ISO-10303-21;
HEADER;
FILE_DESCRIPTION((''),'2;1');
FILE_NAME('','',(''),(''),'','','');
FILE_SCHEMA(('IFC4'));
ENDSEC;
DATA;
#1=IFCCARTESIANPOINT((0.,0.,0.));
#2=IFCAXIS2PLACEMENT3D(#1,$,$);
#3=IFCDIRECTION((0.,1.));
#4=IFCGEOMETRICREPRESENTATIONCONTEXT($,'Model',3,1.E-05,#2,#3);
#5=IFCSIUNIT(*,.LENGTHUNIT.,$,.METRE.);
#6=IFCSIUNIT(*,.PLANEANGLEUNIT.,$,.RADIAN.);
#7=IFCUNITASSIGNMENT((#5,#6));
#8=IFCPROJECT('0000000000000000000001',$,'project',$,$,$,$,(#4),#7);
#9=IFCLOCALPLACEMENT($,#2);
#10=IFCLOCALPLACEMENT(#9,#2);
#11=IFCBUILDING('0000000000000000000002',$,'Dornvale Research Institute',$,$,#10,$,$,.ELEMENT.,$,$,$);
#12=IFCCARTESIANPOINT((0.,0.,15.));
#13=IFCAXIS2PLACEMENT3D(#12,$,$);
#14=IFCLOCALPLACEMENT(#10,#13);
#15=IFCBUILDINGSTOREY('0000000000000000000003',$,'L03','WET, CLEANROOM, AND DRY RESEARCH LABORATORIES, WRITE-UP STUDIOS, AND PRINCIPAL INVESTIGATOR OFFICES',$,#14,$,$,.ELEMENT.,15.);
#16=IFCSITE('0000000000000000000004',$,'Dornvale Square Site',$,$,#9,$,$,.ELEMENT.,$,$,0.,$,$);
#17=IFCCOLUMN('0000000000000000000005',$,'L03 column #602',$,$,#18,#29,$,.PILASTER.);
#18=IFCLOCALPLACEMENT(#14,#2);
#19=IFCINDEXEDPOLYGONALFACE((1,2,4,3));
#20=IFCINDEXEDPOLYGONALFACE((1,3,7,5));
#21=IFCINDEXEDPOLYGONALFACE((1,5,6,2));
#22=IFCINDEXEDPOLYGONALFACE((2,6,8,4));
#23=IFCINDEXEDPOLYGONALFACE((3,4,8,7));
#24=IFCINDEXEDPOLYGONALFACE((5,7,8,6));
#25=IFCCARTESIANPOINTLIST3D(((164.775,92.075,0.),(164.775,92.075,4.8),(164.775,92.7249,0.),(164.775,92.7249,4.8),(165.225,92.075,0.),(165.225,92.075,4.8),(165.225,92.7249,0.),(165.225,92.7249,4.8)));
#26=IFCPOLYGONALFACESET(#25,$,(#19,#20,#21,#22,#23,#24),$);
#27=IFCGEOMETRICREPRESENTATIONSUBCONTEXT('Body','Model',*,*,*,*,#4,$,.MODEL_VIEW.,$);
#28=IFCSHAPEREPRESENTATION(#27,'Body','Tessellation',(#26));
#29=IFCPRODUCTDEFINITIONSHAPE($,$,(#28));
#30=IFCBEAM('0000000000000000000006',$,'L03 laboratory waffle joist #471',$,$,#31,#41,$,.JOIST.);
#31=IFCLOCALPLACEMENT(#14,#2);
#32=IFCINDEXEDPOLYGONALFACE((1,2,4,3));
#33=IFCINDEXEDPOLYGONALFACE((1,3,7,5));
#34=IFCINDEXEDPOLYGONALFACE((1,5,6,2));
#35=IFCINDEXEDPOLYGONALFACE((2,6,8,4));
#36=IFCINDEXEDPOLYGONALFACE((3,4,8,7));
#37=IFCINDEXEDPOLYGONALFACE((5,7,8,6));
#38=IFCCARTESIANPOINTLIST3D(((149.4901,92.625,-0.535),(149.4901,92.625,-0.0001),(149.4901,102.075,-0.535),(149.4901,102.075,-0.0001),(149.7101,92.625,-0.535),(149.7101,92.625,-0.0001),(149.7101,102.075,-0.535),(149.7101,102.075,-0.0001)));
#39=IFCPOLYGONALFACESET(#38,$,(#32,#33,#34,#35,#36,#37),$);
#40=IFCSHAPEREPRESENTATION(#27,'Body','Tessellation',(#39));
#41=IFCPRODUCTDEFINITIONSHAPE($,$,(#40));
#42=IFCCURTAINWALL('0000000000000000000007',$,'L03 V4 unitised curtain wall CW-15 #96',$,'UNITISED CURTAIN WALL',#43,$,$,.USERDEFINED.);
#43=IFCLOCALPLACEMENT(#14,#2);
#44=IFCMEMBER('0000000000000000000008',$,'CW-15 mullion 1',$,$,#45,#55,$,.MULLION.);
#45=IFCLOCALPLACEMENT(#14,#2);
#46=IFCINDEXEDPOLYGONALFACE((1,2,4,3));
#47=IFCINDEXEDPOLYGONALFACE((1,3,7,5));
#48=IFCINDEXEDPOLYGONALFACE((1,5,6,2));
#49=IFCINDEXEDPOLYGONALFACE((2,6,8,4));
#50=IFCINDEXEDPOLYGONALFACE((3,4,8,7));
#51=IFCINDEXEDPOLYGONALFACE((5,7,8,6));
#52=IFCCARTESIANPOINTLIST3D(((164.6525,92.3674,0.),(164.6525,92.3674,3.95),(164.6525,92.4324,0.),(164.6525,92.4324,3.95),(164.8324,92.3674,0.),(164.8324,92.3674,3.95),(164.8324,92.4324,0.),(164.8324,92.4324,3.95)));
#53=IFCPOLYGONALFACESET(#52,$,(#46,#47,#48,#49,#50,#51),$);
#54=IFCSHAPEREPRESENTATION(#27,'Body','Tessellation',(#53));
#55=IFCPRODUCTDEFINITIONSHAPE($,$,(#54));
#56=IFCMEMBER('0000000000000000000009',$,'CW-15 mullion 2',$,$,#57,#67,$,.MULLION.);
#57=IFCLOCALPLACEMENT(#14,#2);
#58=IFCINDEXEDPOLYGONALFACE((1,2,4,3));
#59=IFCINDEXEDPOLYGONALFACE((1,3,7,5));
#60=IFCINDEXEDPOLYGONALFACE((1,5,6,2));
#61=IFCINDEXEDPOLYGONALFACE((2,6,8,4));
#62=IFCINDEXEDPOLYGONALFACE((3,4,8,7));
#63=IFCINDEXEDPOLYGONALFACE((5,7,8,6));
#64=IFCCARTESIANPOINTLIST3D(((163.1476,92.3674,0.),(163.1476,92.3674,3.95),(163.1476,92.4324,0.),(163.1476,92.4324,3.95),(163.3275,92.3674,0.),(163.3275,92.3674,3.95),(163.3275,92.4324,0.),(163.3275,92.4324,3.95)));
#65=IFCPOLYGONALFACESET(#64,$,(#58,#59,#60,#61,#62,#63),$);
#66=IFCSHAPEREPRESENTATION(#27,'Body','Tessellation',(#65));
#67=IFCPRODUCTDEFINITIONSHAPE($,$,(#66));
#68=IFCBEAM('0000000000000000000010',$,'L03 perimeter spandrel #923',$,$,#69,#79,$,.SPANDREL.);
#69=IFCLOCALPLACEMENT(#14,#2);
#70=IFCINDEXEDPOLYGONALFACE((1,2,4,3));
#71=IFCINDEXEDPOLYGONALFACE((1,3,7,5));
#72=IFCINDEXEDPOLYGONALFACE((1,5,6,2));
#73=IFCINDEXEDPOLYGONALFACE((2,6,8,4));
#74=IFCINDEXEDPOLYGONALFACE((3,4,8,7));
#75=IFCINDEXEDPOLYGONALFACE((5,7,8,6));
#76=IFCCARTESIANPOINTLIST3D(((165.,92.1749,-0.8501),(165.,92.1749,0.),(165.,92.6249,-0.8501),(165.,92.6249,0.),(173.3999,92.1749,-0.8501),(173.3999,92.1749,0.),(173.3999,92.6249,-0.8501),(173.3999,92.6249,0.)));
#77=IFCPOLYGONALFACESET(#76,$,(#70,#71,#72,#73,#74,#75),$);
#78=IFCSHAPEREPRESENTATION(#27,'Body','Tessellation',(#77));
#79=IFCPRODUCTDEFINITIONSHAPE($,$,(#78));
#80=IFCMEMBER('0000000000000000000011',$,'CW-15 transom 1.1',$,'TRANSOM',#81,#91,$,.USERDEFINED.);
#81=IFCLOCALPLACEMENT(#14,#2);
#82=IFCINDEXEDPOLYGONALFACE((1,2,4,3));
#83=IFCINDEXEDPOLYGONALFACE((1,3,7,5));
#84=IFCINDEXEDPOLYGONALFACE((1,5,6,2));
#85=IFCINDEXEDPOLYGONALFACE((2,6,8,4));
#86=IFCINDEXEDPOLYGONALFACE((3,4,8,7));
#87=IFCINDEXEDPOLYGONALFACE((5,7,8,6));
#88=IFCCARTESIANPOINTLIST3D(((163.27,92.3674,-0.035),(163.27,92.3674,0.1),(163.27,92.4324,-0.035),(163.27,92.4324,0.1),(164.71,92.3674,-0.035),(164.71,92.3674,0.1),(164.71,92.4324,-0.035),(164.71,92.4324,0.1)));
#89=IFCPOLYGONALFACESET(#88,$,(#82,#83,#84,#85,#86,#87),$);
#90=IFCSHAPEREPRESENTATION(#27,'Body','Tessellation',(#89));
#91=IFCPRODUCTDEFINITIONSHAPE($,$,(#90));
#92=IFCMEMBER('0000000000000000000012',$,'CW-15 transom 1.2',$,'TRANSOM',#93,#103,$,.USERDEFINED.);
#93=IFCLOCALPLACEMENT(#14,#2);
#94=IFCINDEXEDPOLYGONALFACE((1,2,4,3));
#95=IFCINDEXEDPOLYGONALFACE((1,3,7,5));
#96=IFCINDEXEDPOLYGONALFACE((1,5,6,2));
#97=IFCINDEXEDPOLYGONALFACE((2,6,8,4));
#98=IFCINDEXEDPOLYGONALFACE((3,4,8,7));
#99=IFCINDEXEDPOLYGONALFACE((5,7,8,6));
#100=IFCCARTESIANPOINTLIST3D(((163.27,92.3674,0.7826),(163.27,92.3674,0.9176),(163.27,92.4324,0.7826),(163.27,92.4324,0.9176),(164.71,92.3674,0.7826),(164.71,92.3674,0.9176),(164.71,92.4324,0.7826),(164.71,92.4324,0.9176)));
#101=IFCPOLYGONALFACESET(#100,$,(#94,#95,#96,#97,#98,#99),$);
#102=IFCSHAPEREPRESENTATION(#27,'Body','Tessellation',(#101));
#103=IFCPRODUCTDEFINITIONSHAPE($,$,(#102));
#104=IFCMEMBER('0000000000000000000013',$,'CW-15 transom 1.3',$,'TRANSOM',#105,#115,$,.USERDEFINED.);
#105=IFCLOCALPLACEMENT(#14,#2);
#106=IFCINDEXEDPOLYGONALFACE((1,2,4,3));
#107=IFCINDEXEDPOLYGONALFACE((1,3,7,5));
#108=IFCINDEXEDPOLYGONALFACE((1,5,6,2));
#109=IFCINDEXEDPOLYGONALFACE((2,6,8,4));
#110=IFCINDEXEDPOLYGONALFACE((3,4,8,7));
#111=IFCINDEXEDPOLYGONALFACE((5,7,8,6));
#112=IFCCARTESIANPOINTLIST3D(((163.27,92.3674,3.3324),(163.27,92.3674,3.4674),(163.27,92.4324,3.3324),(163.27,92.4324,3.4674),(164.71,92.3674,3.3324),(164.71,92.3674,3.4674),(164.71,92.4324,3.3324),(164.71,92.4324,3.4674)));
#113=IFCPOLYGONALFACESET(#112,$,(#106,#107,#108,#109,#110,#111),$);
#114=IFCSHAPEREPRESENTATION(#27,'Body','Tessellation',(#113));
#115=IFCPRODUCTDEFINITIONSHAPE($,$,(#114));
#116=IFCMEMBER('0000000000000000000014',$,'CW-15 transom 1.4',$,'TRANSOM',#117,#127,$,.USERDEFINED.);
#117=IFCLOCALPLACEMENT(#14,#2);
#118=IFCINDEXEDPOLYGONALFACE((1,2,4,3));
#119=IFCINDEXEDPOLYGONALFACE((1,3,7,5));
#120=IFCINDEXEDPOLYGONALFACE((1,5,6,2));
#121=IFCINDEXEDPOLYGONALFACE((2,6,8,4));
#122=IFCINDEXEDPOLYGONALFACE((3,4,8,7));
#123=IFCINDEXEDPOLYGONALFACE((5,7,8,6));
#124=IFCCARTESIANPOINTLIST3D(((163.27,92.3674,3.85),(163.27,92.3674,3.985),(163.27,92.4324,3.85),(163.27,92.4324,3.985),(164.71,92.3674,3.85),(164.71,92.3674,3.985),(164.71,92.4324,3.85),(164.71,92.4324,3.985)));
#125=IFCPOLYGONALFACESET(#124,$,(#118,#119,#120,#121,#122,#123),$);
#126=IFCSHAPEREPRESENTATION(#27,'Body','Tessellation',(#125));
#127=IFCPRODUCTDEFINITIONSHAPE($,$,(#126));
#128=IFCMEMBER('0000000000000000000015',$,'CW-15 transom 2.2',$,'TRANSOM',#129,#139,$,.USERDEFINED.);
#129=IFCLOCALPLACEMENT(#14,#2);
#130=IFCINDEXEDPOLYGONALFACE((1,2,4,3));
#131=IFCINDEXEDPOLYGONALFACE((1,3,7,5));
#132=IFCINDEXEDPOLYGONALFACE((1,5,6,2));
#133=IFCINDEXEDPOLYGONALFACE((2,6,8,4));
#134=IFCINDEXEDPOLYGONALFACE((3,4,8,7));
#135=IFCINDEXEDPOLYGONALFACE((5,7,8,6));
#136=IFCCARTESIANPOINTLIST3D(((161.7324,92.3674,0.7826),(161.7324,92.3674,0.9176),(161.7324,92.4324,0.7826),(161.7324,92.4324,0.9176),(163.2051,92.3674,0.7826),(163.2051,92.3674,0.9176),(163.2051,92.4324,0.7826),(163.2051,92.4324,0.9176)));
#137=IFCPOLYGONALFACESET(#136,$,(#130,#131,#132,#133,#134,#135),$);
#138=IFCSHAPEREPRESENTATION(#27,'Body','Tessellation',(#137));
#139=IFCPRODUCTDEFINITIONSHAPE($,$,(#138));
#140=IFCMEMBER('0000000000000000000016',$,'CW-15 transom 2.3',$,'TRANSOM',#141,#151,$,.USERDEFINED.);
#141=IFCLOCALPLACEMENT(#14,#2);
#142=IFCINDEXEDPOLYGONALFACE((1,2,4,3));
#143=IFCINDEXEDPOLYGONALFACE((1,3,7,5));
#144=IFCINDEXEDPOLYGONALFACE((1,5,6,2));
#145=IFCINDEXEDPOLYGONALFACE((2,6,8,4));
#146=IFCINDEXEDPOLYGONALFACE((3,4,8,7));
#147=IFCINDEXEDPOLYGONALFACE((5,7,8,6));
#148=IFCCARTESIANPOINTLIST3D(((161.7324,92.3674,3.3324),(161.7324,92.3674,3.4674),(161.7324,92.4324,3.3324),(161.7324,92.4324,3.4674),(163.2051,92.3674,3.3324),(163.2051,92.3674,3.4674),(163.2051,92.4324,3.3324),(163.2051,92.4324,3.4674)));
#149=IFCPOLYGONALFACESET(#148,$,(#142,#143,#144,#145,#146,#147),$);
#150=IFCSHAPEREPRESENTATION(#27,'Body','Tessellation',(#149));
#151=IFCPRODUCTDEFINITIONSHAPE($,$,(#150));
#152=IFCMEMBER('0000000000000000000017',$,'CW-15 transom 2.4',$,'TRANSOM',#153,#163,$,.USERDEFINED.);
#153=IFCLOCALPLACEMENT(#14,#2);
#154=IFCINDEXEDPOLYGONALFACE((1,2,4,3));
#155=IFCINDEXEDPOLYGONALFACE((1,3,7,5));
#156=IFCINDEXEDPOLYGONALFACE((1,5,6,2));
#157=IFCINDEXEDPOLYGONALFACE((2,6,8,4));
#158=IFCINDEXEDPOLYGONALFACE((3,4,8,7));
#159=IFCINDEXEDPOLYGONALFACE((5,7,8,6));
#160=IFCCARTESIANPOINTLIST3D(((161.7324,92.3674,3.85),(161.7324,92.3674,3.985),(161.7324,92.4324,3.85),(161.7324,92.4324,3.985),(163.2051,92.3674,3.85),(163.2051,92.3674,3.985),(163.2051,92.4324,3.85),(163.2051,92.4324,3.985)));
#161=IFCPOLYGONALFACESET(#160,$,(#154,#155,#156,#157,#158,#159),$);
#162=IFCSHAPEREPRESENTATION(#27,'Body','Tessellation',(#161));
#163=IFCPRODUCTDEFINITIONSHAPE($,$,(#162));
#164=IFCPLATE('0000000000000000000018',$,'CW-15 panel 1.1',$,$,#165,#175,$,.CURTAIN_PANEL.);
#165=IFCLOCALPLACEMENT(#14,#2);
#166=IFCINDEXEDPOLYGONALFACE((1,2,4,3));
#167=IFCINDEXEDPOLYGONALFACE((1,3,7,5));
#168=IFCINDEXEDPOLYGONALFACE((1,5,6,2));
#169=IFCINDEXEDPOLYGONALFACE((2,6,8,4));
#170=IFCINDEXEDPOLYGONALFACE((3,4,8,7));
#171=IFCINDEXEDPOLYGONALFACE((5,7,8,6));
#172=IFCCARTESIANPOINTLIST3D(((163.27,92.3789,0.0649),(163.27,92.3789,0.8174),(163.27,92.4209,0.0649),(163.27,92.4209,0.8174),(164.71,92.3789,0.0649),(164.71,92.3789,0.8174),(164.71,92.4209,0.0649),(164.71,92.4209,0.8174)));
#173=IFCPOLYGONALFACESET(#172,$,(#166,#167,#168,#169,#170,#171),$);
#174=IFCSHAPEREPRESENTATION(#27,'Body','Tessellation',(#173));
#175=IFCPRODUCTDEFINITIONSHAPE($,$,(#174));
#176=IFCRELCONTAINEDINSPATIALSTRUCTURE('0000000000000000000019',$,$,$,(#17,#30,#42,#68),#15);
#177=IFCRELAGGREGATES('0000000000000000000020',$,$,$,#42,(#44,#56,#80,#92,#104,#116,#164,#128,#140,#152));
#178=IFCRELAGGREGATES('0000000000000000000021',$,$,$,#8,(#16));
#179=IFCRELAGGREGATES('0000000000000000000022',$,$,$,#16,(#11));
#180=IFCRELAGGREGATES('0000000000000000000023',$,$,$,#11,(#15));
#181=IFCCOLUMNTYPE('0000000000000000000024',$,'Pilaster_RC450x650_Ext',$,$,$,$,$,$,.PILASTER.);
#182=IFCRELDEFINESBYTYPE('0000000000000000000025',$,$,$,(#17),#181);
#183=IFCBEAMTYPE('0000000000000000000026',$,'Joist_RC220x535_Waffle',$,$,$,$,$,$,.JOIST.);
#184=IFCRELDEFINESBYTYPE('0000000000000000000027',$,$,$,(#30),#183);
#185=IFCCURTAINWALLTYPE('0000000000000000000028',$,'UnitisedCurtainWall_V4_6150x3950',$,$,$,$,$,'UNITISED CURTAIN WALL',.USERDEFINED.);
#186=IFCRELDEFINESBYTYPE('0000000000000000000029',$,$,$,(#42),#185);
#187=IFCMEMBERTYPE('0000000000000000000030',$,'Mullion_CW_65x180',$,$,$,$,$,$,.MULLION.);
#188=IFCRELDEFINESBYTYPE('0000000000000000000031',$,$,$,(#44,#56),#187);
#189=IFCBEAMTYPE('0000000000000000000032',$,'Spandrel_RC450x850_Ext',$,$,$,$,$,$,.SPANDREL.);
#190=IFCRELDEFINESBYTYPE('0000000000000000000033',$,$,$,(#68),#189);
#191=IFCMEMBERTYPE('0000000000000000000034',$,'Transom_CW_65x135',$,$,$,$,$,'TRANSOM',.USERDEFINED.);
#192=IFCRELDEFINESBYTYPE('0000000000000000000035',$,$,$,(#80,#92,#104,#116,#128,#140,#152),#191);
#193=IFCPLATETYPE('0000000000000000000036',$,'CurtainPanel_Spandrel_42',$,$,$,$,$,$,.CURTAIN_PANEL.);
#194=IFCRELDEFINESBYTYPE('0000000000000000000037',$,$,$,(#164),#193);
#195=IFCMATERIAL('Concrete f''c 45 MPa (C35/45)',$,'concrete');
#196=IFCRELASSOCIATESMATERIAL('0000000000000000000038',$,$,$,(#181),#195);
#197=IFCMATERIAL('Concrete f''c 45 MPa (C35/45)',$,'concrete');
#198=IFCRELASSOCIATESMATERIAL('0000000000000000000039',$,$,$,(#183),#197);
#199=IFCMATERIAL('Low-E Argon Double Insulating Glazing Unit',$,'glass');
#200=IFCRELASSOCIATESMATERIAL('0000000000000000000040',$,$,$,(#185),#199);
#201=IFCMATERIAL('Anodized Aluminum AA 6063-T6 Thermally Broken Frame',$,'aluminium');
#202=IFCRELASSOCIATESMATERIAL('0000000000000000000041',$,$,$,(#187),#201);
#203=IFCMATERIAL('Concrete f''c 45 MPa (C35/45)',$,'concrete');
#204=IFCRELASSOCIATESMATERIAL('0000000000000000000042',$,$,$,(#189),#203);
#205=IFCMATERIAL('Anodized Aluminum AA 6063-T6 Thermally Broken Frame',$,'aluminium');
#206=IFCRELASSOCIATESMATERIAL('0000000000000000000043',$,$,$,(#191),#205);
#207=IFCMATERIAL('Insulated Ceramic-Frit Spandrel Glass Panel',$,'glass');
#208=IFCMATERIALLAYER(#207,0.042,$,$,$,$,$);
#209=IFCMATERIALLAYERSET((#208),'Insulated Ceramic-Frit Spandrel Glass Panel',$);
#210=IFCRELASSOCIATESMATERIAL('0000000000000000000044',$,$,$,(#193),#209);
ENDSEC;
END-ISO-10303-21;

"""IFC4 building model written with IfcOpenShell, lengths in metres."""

from ifc_helpers import new_model, si_unit, direction, frame, origin, origin_2d, place, context, subcontext, project, spatial, rectangle, extrude, material, layer, layer_set, material_profile, profile_set, type_object, element, aggregate, save


model = new_model("IFC4")

# Units and contexts
model_context = context("Model", 3, precision=1e-05, world=origin(), true_north=direction((0.0, 1.0)))
body_context = subcontext(model_context, "Body", "Model", "MODEL_VIEW")
ifc_project = project(units=[si_unit("LENGTHUNIT", "METRE"), si_unit("PLANEANGLEUNIT", "RADIAN")], contexts=[model_context])

# Site, building, storey
site_placement = place(None, origin())
site = spatial("IfcSite", under=ifc_project, at=site_placement, Name="Dornvale Square Site", CompositionType="ELEMENT", RefElevation=0.0)
building_placement = place(site_placement, origin())
building = spatial("IfcBuilding", under=site, at=building_placement, Name="Dornvale Research Institute", CompositionType="ELEMENT")
storey_placement = place(building_placement, frame((0.0, 0.0, 15.0)))
storey = spatial("IfcBuildingStorey", under=building, at=storey_placement, Name="L03", Description="WET, CLEANROOM, AND DRY RESEARCH LABORATORIES, WRITE-UP STUDIOS, AND PRINCIPAL INVESTIGATOR OFFICES", CompositionType="ELEMENT", Elevation=15.0)

# Column
ifc_material_1 = material(Name="Concrete f'c 45 MPa (C35/45)", Category="concrete")
ifc_material_profile_1 = material_profile(ifc_material_1, rectangle(XDim=0.45, YDim=0.6499, at=origin_2d()), Name="RC 450x650")
ifc_profile_set_1 = profile_set([ifc_material_profile_1], Name="Concrete f'c 45 MPa (C35/45)")
column_type = type_object("IfcColumnType", Name="Pilaster_RC450x650_Ext", PredefinedType="PILASTER", material=ifc_profile_set_1)
column_placement = place(storey_placement, frame((165.0, 92.3999, 0.0), z_axis=(0.0, 0.0, 1.0), x_axis=(1.0, 0.0, 0.0)))
element("IfcColumn", 1, at=column_placement, inside=storey, type_object=column_type, Name="L03 column #602", PredefinedType="PILASTER", context=body_context, shape_type="SweptSolid", body=[
    extrude(rectangle(XDim=0.45, YDim=0.6499, at=origin_2d()), origin(), (0.0, 0.0, 1.0), 4.8),
])

# Beam
ifc_material_2 = material(Name="Concrete f'c 45 MPa (C35/45)", Category="concrete")
ifc_material_profile_2 = material_profile(ifc_material_2, rectangle(XDim=0.22, YDim=0.5349, at=origin_2d()), Name="RC 220x535")
ifc_profile_set_2 = profile_set([ifc_material_profile_2], Name="Concrete f'c 45 MPa (C35/45)")
beam_type_1 = type_object("IfcBeamType", Name="Joist_RC220x535_Waffle", PredefinedType="JOIST", material=ifc_profile_set_2)
beam_1_placement = place(storey_placement, frame((149.6001, 92.625, -0.2676), z_axis=(0.0, 1.0, 0.0), x_axis=(-1.0, 0.0, 0.0)))
element("IfcBeam", 2, at=beam_1_placement, inside=storey, type_object=beam_type_1, Name="L03 laboratory waffle joist #471", PredefinedType="JOIST", context=body_context, shape_type="SweptSolid", body=[
    extrude(rectangle(XDim=0.22, YDim=0.5349, at=origin_2d()), origin(), (0.0, 0.0, 1.0), 9.45),
])

# Curtain wall, members
ifc_material_3 = material(Name="Low-E Argon Double Insulating Glazing Unit", Category="glass")
curtain_wall_type = type_object("IfcCurtainWallType", Name="UnitisedCurtainWall_V4_6150x3950", ElementType="UNITISED CURTAIN WALL", PredefinedType="USERDEFINED", material=ifc_material_3)
curtain_wall_placement = place(storey_placement, origin())
curtain_wall = element("IfcCurtainWall", 3, at=curtain_wall_placement, inside=storey, type_object=curtain_wall_type, Name="L03 V4 unitised curtain wall CW-15 #96", ObjectType="UNITISED CURTAIN WALL", PredefinedType="USERDEFINED")
ifc_material_4 = material(Name="Anodized Aluminum AA 6063-T6 Thermally Broken Frame", Category="aluminium")
ifc_material_profile_3 = material_profile(ifc_material_4, rectangle(XDim=0.0649, YDim=0.1799, at=origin_2d()), Name="ALU MULLION 65x180")
ifc_profile_set_3 = profile_set([ifc_material_profile_3], Name="Anodized Aluminum AA 6063-T6 Thermally Broken Frame")
member_type_1 = type_object("IfcMemberType", Name="Mullion_CW_65x180", PredefinedType="MULLION", material=ifc_profile_set_3)
member_1_placement = place(storey_placement, frame((164.7424, 92.3999, 0.0), z_axis=(0.0, 0.0, 1.0), x_axis=(0.0, -1.0, 0.0)))
member_1 = element("IfcMember", 4, at=member_1_placement, type_object=member_type_1, Name="CW-15 mullion 1", PredefinedType="MULLION", context=body_context, shape_type="SweptSolid", body=[
    extrude(rectangle(XDim=0.0649, YDim=0.1799, at=origin_2d()), origin(), (0.0, 0.0, 1.0), 3.95),
])
member_2_placement = place(storey_placement, frame((163.2375, 92.3999, 0.0), z_axis=(0.0, 0.0, 1.0), x_axis=(0.0, -1.0, 0.0)))
member_2 = element("IfcMember", 5, at=member_2_placement, type_object=member_type_1, Name="CW-15 mullion 2", PredefinedType="MULLION", context=body_context, shape_type="SweptSolid", body=[
    extrude(rectangle(XDim=0.0649, YDim=0.1799, at=origin_2d()), origin(), (0.0, 0.0, 1.0), 3.95),
])

# Beam
ifc_material_5 = material(Name="Concrete f'c 45 MPa (C35/45)", Category="concrete")
ifc_material_profile_4 = material_profile(ifc_material_5, rectangle(XDim=0.45, YDim=0.8501, at=origin_2d()), Name="RC 450x850")
ifc_profile_set_4 = profile_set([ifc_material_profile_4], Name="Concrete f'c 45 MPa (C35/45)")
beam_type_2 = type_object("IfcBeamType", Name="Spandrel_RC450x850_Ext", PredefinedType="SPANDREL", material=ifc_profile_set_4)
beam_2_placement = place(storey_placement, frame((165.0, 92.3999, -0.425), z_axis=(1.0, 0.0, 0.0), x_axis=(0.0, 1.0, 0.0)))
element("IfcBeam", 6, at=beam_2_placement, inside=storey, type_object=beam_type_2, Name="L03 perimeter spandrel #923", PredefinedType="SPANDREL", context=body_context, shape_type="SweptSolid", body=[
    extrude(rectangle(XDim=0.45, YDim=0.8501, at=origin_2d()), origin(), (0.0, 0.0, 1.0), 8.3999),
])

# Members
ifc_material_6 = material(Name="Anodized Aluminum AA 6063-T6 Thermally Broken Frame", Category="aluminium")
ifc_material_profile_5 = material_profile(ifc_material_6, rectangle(XDim=0.0649, YDim=0.135, at=origin_2d()), Name="ALU TRANSOM 65x135")
ifc_profile_set_5 = profile_set([ifc_material_profile_5], Name="Anodized Aluminum AA 6063-T6 Thermally Broken Frame")
member_type_2 = type_object("IfcMemberType", Name="Transom_CW_65x135", ElementType="TRANSOM", PredefinedType="USERDEFINED", material=ifc_profile_set_5)
member_3_placement = place(storey_placement, frame((164.71, 92.3999, 0.0325), z_axis=(-1.0, 0.0, 0.0), x_axis=(0.0, -1.0, 0.0)))
member_3 = element("IfcMember", 7, at=member_3_placement, type_object=member_type_2, Name="CW-15 transom 1.1", ObjectType="TRANSOM", PredefinedType="USERDEFINED", context=body_context, shape_type="SweptSolid", body=[
    extrude(rectangle(XDim=0.0649, YDim=0.135, at=origin_2d()), origin(), (0.0, 0.0, 1.0), 1.4399),
])
member_4_placement = place(storey_placement, frame((164.71, 92.3999, 0.8501), z_axis=(-1.0, 0.0, 0.0), x_axis=(0.0, -1.0, 0.0)))
member_4 = element("IfcMember", 8, at=member_4_placement, type_object=member_type_2, Name="CW-15 transom 1.2", ObjectType="TRANSOM", PredefinedType="USERDEFINED", context=body_context, shape_type="SweptSolid", body=[
    extrude(rectangle(XDim=0.0649, YDim=0.135, at=origin_2d()), origin(), (0.0, 0.0, 1.0), 1.4399),
])
member_5_placement = place(storey_placement, frame((164.71, 92.3999, 3.3999), z_axis=(-1.0, 0.0, 0.0), x_axis=(0.0, -1.0, 0.0)))
member_5 = element("IfcMember", 9, at=member_5_placement, type_object=member_type_2, Name="CW-15 transom 1.3", ObjectType="TRANSOM", PredefinedType="USERDEFINED", context=body_context, shape_type="SweptSolid", body=[
    extrude(rectangle(XDim=0.0649, YDim=0.135, at=origin_2d()), origin(), (0.0, 0.0, 1.0), 1.4399),
])
member_6_placement = place(storey_placement, frame((164.71, 92.3999, 3.9175), z_axis=(-1.0, 0.0, 0.0), x_axis=(0.0, -1.0, 0.0)))
member_6 = element("IfcMember", 10, at=member_6_placement, type_object=member_type_2, Name="CW-15 transom 1.4", ObjectType="TRANSOM", PredefinedType="USERDEFINED", context=body_context, shape_type="SweptSolid", body=[
    extrude(rectangle(XDim=0.0649, YDim=0.135, at=origin_2d()), origin(), (0.0, 0.0, 1.0), 1.4399),
])
member_7_placement = place(storey_placement, frame((163.2051, 92.3999, 0.8501), z_axis=(-1.0, 0.0, 0.0), x_axis=(0.0, -1.0, 0.0)))
member_7 = element("IfcMember", 11, at=member_7_placement, type_object=member_type_2, Name="CW-15 transom 2.2", ObjectType="TRANSOM", PredefinedType="USERDEFINED", context=body_context, shape_type="SweptSolid", body=[
    extrude(rectangle(XDim=0.0649, YDim=0.135, at=origin_2d()), origin(), (0.0, 0.0, 1.0), 1.4727),
])
member_8_placement = place(storey_placement, frame((163.2051, 92.3999, 3.3999), z_axis=(-1.0, 0.0, 0.0), x_axis=(0.0, -1.0, 0.0)))
member_8 = element("IfcMember", 12, at=member_8_placement, type_object=member_type_2, Name="CW-15 transom 2.3", ObjectType="TRANSOM", PredefinedType="USERDEFINED", context=body_context, shape_type="SweptSolid", body=[
    extrude(rectangle(XDim=0.0649, YDim=0.135, at=origin_2d()), origin(), (0.0, 0.0, 1.0), 1.4727),
])
member_9_placement = place(storey_placement, frame((163.2051, 92.3999, 3.9175), z_axis=(-1.0, 0.0, 0.0), x_axis=(0.0, -1.0, 0.0)))
member_9 = element("IfcMember", 13, at=member_9_placement, type_object=member_type_2, Name="CW-15 transom 2.4", ObjectType="TRANSOM", PredefinedType="USERDEFINED", context=body_context, shape_type="SweptSolid", body=[
    extrude(rectangle(XDim=0.0649, YDim=0.135, at=origin_2d()), origin(), (0.0, 0.0, 1.0), 1.4727),
])

# Plate
ifc_material_7 = material(Name="Insulated Ceramic-Frit Spandrel Glass Panel", Category="glass")
ifc_layer_1 = layer(ifc_material_7, 0.042)
ifc_layer_set_1 = layer_set([ifc_layer_1], Name="Insulated Ceramic-Frit Spandrel Glass Panel")
plate_type_1 = type_object("IfcPlateType", Name="CurtainPanel_Spandrel_42", PredefinedType="CURTAIN_PANEL", material=ifc_layer_set_1)
plate_1_placement = place(storey_placement, frame((163.99, 92.3999, 0.0649), z_axis=(0.0, 0.0, 1.0), x_axis=(-1.0, 0.0, 0.0)))
plate_1 = element("IfcPlate", 14, at=plate_1_placement, type_object=plate_type_1, Name="CW-15 panel 1.1", PredefinedType="CURTAIN_PANEL", context=body_context, shape_type="SweptSolid", body=[
    extrude(rectangle(XDim=1.4399, YDim=0.042, at=origin_2d()), origin(), (0.0, 0.0, 1.0), 0.7524),
])
aggregate(curtain_wall, [member_1, member_2, member_3, member_4, member_5, member_6, plate_1, member_7, member_8, member_9])

save(model, "model.ifc")
